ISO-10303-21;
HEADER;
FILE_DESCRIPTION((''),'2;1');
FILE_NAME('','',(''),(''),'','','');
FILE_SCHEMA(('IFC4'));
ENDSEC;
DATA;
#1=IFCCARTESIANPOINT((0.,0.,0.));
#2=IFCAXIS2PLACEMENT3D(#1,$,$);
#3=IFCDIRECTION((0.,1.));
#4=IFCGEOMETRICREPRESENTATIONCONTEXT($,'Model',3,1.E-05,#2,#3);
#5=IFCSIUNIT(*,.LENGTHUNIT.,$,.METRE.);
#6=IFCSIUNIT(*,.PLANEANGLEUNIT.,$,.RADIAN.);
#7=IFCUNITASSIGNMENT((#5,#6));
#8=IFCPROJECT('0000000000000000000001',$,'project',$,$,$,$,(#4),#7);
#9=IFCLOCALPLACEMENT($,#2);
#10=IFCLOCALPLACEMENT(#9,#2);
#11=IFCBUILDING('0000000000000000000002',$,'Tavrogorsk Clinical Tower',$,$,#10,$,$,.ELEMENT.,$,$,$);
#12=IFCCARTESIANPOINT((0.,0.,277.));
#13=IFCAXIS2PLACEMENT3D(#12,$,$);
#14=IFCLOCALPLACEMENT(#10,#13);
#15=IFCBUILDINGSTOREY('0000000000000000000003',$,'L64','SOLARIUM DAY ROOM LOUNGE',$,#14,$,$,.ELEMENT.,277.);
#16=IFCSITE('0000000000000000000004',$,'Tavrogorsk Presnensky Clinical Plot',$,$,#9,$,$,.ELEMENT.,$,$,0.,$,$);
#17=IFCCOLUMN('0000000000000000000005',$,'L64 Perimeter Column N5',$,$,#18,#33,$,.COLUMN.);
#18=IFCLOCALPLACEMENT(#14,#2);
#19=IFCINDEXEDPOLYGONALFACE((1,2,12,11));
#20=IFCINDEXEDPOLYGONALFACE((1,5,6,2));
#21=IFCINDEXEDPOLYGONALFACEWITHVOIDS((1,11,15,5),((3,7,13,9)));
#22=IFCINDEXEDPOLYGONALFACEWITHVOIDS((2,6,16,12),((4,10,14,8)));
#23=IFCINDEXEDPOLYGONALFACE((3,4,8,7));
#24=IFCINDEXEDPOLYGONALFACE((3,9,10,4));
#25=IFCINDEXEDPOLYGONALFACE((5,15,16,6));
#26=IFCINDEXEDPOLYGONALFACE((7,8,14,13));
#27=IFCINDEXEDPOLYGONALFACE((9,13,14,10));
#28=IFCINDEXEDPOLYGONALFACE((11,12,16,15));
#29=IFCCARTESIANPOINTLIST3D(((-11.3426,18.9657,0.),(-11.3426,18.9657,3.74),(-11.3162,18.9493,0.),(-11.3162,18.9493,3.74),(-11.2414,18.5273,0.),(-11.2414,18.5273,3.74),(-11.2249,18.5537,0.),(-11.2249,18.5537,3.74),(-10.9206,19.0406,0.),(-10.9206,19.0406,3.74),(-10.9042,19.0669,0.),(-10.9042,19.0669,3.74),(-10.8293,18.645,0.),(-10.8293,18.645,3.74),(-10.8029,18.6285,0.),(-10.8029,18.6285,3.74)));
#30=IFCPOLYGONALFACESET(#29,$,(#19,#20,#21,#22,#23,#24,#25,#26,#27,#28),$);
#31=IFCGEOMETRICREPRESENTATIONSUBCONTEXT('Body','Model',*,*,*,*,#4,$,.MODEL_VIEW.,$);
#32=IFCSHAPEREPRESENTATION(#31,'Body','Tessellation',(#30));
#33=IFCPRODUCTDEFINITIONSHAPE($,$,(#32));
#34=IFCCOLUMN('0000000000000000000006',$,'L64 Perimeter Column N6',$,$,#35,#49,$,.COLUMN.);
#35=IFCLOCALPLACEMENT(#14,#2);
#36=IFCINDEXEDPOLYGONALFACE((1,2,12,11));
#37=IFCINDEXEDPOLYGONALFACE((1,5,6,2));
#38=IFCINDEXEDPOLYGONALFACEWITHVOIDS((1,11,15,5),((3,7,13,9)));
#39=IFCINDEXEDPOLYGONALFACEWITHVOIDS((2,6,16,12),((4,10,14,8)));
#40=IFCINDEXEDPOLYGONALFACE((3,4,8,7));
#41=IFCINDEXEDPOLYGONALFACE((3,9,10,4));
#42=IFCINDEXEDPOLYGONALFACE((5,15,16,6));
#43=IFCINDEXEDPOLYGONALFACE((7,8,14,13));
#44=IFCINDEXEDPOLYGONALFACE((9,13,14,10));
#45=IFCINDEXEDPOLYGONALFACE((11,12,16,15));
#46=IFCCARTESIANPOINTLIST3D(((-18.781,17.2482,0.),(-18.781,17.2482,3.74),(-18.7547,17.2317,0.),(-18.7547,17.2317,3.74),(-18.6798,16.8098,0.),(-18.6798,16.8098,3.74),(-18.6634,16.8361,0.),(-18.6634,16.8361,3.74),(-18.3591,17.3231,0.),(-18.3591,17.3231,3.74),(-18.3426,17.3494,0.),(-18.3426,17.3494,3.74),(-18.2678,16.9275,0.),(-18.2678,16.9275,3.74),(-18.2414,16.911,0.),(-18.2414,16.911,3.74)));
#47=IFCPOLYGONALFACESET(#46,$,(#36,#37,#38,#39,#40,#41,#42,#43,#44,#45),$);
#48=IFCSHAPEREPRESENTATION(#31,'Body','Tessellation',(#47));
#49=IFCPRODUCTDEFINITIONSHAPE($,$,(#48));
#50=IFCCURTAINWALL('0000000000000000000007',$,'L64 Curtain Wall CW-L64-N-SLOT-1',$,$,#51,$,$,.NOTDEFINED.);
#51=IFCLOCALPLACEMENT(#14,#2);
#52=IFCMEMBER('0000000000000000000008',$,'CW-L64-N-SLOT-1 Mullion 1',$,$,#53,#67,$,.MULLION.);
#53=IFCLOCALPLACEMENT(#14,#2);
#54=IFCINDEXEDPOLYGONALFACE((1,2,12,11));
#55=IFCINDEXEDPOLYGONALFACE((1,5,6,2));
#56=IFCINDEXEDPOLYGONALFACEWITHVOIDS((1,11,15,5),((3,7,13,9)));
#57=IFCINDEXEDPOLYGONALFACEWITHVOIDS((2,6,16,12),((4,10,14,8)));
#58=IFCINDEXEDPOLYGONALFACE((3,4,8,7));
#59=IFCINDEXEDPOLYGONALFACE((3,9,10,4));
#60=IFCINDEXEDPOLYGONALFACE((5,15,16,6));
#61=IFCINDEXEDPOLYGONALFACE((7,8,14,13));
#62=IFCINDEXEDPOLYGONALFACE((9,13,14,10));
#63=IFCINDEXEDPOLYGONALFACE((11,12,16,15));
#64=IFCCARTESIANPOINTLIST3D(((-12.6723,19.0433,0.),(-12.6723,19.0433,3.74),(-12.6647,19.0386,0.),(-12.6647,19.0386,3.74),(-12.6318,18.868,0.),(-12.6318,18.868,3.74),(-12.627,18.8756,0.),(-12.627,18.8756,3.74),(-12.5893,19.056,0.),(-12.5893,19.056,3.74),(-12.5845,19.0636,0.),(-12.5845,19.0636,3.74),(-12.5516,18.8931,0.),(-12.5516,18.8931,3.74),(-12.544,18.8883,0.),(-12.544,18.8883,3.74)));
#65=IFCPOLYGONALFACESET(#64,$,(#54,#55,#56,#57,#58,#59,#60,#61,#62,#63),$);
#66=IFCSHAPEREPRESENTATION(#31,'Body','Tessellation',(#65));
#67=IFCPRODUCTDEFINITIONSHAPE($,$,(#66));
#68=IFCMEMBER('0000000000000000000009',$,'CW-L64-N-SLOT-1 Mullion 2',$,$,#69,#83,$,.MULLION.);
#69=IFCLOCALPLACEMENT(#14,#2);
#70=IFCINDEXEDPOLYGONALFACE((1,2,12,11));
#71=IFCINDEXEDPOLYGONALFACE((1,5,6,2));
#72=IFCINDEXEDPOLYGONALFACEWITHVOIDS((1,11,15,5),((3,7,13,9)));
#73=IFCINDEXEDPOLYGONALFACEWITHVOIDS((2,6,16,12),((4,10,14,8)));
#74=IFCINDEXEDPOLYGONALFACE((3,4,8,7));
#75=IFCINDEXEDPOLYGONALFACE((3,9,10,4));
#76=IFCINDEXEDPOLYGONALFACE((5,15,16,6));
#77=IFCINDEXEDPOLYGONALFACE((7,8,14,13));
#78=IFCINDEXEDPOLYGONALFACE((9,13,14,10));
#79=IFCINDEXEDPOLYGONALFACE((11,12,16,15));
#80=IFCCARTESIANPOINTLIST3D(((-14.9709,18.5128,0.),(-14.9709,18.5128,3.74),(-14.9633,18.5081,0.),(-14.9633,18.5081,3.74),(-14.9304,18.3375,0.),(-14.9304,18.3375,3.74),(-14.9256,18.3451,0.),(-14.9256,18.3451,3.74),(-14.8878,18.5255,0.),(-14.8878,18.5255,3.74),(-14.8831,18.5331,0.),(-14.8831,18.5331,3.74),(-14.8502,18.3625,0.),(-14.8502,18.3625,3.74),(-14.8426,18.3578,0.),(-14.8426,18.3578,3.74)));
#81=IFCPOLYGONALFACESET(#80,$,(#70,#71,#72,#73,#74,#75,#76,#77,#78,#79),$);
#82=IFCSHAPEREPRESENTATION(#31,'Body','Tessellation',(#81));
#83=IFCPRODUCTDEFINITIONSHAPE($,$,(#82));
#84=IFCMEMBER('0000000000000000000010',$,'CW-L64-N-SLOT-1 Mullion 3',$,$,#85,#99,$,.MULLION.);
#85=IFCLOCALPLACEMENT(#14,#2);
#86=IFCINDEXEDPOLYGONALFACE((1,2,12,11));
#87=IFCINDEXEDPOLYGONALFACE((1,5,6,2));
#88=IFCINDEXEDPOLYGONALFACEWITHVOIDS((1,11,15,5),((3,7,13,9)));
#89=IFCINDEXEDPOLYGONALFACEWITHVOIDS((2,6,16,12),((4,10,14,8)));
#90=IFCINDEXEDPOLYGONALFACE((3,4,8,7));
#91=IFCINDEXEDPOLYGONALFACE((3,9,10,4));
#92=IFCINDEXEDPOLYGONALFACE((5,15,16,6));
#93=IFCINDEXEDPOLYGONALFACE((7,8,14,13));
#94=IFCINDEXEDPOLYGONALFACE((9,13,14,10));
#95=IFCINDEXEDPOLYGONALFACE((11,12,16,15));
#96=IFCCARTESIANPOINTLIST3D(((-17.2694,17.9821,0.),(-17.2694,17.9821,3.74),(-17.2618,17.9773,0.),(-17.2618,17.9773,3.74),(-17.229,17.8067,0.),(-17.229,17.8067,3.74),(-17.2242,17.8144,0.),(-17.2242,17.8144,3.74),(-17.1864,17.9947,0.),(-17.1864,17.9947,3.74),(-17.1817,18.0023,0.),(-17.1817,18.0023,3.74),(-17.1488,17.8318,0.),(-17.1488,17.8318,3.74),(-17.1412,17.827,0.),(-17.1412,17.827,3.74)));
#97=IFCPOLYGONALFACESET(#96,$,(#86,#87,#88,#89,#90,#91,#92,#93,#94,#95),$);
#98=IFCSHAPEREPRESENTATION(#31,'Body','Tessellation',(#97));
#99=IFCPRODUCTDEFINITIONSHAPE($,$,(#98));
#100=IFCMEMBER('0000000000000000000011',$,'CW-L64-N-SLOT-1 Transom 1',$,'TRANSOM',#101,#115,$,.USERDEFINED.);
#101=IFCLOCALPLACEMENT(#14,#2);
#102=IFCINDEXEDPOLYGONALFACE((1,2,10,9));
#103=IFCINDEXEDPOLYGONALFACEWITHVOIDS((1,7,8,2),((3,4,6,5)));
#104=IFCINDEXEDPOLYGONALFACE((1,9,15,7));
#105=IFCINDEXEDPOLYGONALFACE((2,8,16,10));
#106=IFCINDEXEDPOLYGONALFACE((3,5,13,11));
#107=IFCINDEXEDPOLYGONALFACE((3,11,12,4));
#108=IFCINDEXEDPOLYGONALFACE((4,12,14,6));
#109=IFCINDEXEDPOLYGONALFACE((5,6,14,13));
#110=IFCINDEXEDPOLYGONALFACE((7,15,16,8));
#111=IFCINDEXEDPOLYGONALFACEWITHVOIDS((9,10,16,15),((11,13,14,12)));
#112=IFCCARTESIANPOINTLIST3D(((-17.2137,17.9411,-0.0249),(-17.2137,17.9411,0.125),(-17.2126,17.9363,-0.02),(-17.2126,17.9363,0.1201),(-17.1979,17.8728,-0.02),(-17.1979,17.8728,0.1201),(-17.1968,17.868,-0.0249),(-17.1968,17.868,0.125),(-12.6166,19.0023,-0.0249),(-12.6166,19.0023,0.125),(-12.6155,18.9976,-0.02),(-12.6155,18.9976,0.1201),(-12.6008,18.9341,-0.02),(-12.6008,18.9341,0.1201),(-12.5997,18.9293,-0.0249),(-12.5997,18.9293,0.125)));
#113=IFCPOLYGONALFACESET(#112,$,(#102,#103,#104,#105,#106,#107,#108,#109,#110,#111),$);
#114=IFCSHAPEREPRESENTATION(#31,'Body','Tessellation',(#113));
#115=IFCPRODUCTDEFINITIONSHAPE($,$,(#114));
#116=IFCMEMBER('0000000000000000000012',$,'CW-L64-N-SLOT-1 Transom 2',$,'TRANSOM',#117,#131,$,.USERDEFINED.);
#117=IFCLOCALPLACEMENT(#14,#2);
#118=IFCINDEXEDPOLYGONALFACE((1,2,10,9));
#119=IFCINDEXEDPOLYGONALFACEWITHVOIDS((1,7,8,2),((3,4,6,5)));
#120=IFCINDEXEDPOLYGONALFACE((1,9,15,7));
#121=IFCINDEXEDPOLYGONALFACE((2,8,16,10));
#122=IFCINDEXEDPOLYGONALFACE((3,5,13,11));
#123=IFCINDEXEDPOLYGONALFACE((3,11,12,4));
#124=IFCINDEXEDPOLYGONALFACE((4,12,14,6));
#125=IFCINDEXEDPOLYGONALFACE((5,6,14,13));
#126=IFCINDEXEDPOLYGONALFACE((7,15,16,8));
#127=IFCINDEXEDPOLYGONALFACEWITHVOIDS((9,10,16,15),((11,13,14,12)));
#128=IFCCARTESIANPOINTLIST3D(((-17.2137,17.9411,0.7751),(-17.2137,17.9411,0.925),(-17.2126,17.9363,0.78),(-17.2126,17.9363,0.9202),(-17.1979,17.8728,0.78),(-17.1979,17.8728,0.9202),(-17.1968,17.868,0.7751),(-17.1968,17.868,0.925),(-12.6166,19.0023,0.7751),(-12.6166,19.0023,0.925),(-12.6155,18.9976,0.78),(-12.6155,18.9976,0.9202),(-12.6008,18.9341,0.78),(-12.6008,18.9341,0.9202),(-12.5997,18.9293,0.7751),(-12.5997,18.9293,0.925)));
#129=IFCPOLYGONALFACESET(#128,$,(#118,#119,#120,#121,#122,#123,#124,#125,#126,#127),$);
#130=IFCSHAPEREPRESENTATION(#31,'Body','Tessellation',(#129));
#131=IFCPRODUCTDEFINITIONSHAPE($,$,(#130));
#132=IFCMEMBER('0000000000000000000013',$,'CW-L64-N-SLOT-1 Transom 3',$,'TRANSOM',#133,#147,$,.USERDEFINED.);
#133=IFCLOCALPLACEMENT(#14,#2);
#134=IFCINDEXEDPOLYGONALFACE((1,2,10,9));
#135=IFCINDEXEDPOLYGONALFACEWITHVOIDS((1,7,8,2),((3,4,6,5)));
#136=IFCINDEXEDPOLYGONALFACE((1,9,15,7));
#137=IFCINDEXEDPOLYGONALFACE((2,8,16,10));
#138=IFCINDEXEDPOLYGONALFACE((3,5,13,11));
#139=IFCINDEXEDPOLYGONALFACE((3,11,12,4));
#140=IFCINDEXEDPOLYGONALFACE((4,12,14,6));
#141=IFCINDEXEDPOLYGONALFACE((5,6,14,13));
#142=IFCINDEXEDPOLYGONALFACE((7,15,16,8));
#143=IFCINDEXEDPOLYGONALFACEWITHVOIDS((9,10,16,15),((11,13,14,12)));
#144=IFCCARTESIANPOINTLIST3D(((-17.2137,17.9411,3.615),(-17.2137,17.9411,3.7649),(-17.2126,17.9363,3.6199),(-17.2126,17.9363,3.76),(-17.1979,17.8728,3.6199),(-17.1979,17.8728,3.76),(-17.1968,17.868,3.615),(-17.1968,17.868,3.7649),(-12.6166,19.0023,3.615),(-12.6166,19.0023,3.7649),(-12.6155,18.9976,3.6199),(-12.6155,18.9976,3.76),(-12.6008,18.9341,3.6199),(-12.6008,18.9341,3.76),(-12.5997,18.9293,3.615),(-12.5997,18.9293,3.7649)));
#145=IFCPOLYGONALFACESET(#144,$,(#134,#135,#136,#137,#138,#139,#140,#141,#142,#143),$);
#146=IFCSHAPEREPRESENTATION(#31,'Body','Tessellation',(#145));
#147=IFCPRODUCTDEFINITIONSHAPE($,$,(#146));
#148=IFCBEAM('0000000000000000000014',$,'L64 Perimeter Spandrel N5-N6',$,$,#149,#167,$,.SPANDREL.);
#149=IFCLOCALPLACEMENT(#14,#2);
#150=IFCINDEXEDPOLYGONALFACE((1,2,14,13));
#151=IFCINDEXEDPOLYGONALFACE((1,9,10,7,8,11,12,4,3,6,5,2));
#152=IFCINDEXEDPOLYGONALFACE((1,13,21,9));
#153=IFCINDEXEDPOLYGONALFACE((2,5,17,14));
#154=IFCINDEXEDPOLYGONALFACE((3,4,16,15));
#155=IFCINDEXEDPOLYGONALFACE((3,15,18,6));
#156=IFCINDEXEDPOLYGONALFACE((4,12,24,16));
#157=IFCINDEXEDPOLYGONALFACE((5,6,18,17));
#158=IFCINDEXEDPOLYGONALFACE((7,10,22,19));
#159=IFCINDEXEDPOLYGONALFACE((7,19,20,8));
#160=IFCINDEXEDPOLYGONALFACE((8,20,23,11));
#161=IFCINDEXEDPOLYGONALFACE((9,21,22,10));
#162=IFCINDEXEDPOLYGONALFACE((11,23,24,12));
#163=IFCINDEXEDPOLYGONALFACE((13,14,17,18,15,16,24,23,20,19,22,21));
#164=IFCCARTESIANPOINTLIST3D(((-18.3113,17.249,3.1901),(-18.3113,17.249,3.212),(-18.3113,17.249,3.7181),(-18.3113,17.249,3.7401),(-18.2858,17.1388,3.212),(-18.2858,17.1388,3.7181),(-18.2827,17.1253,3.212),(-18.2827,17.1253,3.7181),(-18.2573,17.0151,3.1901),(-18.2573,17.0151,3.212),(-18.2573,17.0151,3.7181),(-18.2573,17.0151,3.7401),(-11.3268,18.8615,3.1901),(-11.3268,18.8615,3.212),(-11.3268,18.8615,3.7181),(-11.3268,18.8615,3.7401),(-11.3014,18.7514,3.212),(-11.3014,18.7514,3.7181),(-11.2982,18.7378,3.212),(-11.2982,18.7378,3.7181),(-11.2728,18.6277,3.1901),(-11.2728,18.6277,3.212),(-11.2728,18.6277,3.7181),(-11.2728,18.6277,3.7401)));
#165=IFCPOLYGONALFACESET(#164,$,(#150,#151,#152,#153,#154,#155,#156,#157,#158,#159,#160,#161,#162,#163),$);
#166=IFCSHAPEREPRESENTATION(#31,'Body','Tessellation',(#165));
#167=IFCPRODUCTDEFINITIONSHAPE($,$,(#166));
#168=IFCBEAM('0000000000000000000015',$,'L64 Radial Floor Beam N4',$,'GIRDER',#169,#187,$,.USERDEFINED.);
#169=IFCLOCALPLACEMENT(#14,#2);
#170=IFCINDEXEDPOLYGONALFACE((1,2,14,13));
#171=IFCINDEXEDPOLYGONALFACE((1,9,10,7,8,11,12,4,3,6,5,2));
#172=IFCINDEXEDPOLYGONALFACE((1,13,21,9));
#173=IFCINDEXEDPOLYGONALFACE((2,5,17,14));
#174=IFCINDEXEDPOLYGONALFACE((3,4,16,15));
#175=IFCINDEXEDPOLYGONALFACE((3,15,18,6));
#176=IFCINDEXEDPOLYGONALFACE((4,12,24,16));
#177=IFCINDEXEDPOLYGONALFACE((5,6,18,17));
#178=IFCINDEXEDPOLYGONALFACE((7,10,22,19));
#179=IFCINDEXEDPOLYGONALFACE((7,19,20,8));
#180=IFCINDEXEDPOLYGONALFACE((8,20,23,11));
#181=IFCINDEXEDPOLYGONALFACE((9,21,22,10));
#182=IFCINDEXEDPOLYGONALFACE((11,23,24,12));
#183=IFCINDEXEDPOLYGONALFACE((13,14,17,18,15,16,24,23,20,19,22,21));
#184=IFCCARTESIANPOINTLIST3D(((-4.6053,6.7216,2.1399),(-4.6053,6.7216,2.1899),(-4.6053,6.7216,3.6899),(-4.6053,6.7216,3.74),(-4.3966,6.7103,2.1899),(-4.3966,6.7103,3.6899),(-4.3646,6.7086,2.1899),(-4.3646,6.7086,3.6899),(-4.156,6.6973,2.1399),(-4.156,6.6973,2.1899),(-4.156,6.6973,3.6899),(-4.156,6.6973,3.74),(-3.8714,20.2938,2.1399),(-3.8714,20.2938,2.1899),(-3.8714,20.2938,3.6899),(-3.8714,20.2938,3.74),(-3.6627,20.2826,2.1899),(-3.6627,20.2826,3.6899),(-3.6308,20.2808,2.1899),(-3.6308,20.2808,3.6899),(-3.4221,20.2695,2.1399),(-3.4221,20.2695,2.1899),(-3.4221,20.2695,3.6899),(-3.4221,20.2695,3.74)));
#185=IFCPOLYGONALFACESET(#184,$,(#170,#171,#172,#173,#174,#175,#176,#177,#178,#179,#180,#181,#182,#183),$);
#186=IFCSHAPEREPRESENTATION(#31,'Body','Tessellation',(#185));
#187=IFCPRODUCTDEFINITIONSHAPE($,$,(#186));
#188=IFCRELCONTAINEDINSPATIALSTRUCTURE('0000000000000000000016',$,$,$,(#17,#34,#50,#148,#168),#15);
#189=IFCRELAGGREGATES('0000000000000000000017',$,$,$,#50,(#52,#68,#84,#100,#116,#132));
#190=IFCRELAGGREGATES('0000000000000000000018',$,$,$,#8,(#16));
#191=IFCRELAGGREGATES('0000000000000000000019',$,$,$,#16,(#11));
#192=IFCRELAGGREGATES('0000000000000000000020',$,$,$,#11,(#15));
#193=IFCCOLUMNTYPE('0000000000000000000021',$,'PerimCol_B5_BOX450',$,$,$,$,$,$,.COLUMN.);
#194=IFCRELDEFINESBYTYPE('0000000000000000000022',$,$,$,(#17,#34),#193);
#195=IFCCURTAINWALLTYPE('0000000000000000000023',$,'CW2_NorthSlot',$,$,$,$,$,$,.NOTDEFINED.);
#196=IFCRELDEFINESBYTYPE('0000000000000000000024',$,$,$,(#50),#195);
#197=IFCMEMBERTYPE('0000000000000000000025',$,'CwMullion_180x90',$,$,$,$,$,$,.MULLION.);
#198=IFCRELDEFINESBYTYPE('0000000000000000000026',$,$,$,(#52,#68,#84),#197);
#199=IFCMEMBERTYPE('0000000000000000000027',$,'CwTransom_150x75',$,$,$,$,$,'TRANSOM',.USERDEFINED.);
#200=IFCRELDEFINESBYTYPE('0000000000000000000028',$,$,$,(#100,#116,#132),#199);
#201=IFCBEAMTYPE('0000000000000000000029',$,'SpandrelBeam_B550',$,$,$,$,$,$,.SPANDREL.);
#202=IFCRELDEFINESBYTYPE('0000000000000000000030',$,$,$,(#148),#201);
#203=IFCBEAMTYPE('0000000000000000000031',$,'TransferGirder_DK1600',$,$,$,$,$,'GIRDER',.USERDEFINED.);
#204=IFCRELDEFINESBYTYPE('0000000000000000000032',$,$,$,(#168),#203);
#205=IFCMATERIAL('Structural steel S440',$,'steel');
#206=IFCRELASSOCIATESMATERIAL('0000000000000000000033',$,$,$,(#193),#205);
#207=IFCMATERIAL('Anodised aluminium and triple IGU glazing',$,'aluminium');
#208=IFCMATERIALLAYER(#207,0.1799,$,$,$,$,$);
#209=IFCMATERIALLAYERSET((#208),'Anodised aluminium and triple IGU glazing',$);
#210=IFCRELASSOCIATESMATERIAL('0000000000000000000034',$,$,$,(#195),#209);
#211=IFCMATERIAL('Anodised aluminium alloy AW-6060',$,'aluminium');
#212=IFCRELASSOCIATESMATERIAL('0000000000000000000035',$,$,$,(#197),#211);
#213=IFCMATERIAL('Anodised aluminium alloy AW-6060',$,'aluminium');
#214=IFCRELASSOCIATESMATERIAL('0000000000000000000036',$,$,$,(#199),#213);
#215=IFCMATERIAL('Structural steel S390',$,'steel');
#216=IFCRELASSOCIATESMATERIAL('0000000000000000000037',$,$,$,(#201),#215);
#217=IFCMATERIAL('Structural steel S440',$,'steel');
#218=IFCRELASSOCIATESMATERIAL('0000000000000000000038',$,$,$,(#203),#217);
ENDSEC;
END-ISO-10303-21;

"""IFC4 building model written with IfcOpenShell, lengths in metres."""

from ifc_helpers import new_model, si_unit, direction, frame, origin, origin_2d, place, context, subcontext, project, spatial, hollow_rectangle, i_section, extrude, material, layer, layer_set, material_profile, profile_set, type_object, element, aggregate, save


model = new_model("IFC4")

# Units and contexts
model_context = context("Model", 3, precision=1e-05, world=origin(), true_north=direction((0.0, 1.0)))
body_context = subcontext(model_context, "Body", "Model", "MODEL_VIEW")
ifc_project = project(units=[si_unit("LENGTHUNIT", "METRE"), si_unit("PLANEANGLEUNIT", "RADIAN")], contexts=[model_context])

# Site, building, storey
site_placement = place(None, origin())
site = spatial("IfcSite", under=ifc_project, at=site_placement, Name="Tavrogorsk Presnensky Clinical Plot", CompositionType="ELEMENT", RefElevation=0.0)
building_placement = place(site_placement, origin())
building = spatial("IfcBuilding", under=site, at=building_placement, Name="Tavrogorsk Clinical Tower", CompositionType="ELEMENT")
storey_placement = place(building_placement, frame((0.0, 0.0, 277.0)))
storey = spatial("IfcBuildingStorey", under=building, at=storey_placement, Name="L64", Description="SOLARIUM DAY ROOM LOUNGE", CompositionType="ELEMENT", Elevation=277.0)

# Columns
ifc_material_1 = material(Name="Structural steel S440", Category="steel")
ifc_material_profile_1 = material_profile(ifc_material_1, hollow_rectangle(XDim=0.45, YDim=0.45, WallThickness=0.022, at=origin_2d()), Name="BOX-450x450x22")
ifc_profile_set_1 = profile_set([ifc_material_profile_1], Name="Structural steel S440")
column_type = type_object("IfcColumnType", Name="PerimCol_B5_BOX450", PredefinedType="COLUMN", material=ifc_profile_set_1)
for number, where, z_axis, x_axis, name in (
    (1, (-11.0728, 18.7971, 0.0), (0.0, 0.0, 1.0), (0.97437, 0.224951, 0.0), "L64 Perimeter Column N5"),
    (2, (-18.5112, 17.0796, 0.0), (0.0, 0.0, 1.0), (0.97437, 0.224951, 0.0), "L64 Perimeter Column N6"),
):
    element("IfcColumn", number, at=place(storey_placement, frame(where, z_axis=z_axis, x_axis=x_axis)), inside=storey, type_object=column_type, Name=name, PredefinedType="COLUMN", context=body_context, shape_type="SweptSolid", body=[
        extrude(hollow_rectangle(XDim=0.45, YDim=0.45, WallThickness=0.022, at=origin_2d()), origin(), (0.0, 0.0, 1.0), 3.74),
    ])

# Curtain wall, members
ifc_material_2 = material(Name="Anodised aluminium and triple IGU glazing", Category="aluminium")
ifc_layer_1 = layer(ifc_material_2, 0.1799)
ifc_layer_set_1 = layer_set([ifc_layer_1], Name="Anodised aluminium and triple IGU glazing")
curtain_wall_type = type_object("IfcCurtainWallType", Name="CW2_NorthSlot", PredefinedType="NOTDEFINED", material=ifc_layer_set_1)
curtain_wall_placement = place(storey_placement, origin())
curtain_wall = element("IfcCurtainWall", 3, at=curtain_wall_placement, inside=storey, type_object=curtain_wall_type, Name="L64 Curtain Wall CW-L64-N-SLOT-1", PredefinedType="NOTDEFINED")
ifc_material_3 = material(Name="Anodised aluminium alloy AW-6060", Category="aluminium")
ifc_material_profile_2 = material_profile(ifc_material_3, hollow_rectangle(XDim=0.0901, YDim=0.1799, WallThickness=0.0063, at=origin_2d()), Name="RHS-180x90x6.3")
ifc_profile_set_2 = profile_set([ifc_material_profile_2], Name="Anodised aluminium alloy AW-6060")
member_type_1 = type_object("IfcMemberType", Name="CwMullion_180x90", PredefinedType="MULLION", material=ifc_profile_set_2)
member_1_placement = place(storey_placement, frame((-12.6082, 18.9658, 0.0), z_axis=(0.0, 0.0, 1.0), x_axis=(-0.97437, -0.224951, 0.0)))
member_1 = element("IfcMember", 4, at=member_1_placement, type_object=member_type_1, Name="CW-L64-N-SLOT-1 Mullion 1", PredefinedType="MULLION", context=body_context, shape_type="SweptSolid", body=[
    extrude(hollow_rectangle(XDim=0.0901, YDim=0.1799, WallThickness=0.0063, at=origin_2d()), origin(), (0.0, 0.0, 1.0), 3.74),
])
member_2_placement = place(storey_placement, frame((-14.9067, 18.4353, 0.0), z_axis=(0.0, 0.0, 1.0), x_axis=(-0.97437, -0.224951, 0.0)))
member_2 = element("IfcMember", 5, at=member_2_placement, type_object=member_type_1, Name="CW-L64-N-SLOT-1 Mullion 2", PredefinedType="MULLION", context=body_context, shape_type="SweptSolid", body=[
    extrude(hollow_rectangle(XDim=0.0901, YDim=0.1799, WallThickness=0.0063, at=origin_2d()), origin(), (0.0, 0.0, 1.0), 3.74),
])
member_3_placement = place(storey_placement, frame((-17.2053, 17.9045, 0.0), z_axis=(0.0, 0.0, 1.0), x_axis=(-0.97437, -0.224951, 0.0)))
member_3 = element("IfcMember", 6, at=member_3_placement, type_object=member_type_1, Name="CW-L64-N-SLOT-1 Mullion 3", PredefinedType="MULLION", context=body_context, shape_type="SweptSolid", body=[
    extrude(hollow_rectangle(XDim=0.0901, YDim=0.1799, WallThickness=0.0063, at=origin_2d()), origin(), (0.0, 0.0, 1.0), 3.74),
])
ifc_material_4 = material(Name="Anodised aluminium alloy AW-6060", Category="aluminium")
ifc_material_profile_3 = material_profile(ifc_material_4, hollow_rectangle(XDim=0.075, YDim=0.1499, WallThickness=0.0049, at=origin_2d()), Name="RHS-150x75x5")
ifc_profile_set_3 = profile_set([ifc_material_profile_3], Name="Anodised aluminium alloy AW-6060")
member_type_2 = type_object("IfcMemberType", Name="CwTransom_150x75", ElementType="TRANSOM", PredefinedType="USERDEFINED", material=ifc_profile_set_3)
member_4_placement = place(storey_placement, frame((-12.6082, 18.9658, 0.05), z_axis=(-0.974373, -0.224939, 0.0), x_axis=(0.224939, -0.974373, 0.0)))
member_4 = element("IfcMember", 7, at=member_4_placement, type_object=member_type_2, Name="CW-L64-N-SLOT-1 Transom 1", ObjectType="TRANSOM", PredefinedType="USERDEFINED", context=body_context, shape_type="SweptSolid", body=[
    extrude(hollow_rectangle(XDim=0.075, YDim=0.1499, WallThickness=0.0049, at=origin_2d()), origin(), (0.0, 0.0, 1.0), 4.718),
])
member_5_placement = place(storey_placement, frame((-12.6082, 18.9658, 0.8501), z_axis=(-0.974373, -0.224939, 0.0), x_axis=(0.224939, -0.974373, 0.0)))
member_5 = element("IfcMember", 8, at=member_5_placement, type_object=member_type_2, Name="CW-L64-N-SLOT-1 Transom 2", ObjectType="TRANSOM", PredefinedType="USERDEFINED", context=body_context, shape_type="SweptSolid", body=[
    extrude(hollow_rectangle(XDim=0.075, YDim=0.1499, WallThickness=0.0049, at=origin_2d()), origin(), (0.0, 0.0, 1.0), 4.718),
])
member_6_placement = place(storey_placement, frame((-12.6082, 18.9658, 3.6899), z_axis=(-0.974373, -0.224939, 0.0), x_axis=(0.224939, -0.974373, 0.0)))
member_6 = element("IfcMember", 9, at=member_6_placement, type_object=member_type_2, Name="CW-L64-N-SLOT-1 Transom 3", ObjectType="TRANSOM", PredefinedType="USERDEFINED", context=body_context, shape_type="SweptSolid", body=[
    extrude(hollow_rectangle(XDim=0.075, YDim=0.1499, WallThickness=0.0049, at=origin_2d()), origin(), (0.0, 0.0, 1.0), 4.718),
])

# Beams
ifc_material_5 = material(Name="Structural steel S390", Category="steel")
ifc_material_profile_4 = material_profile(ifc_material_5, i_section(OverallWidth=0.24, OverallDepth=0.55, WebThickness=0.0139, FlangeThickness=0.022, at=origin_2d()), Name="B-550x240x14x22")
ifc_profile_set_4 = profile_set([ifc_material_profile_4], Name="Structural steel S390")
beam_type_1 = type_object("IfcBeamType", Name="SpandrelBeam_B550", PredefinedType="SPANDREL", material=ifc_profile_set_4)
beam_1_placement = place(storey_placement, frame((-11.2998, 18.7446, 3.4651), z_axis=(-0.974368, -0.224961, 0.0), x_axis=(0.224961, -0.974368, 0.0)))
element("IfcBeam", 10, at=beam_1_placement, inside=storey, type_object=beam_type_1, Name="L64 Perimeter Spandrel N5-N6", PredefinedType="SPANDREL", context=body_context, shape_type="SweptSolid", body=[
    extrude(i_section(OverallWidth=0.24, OverallDepth=0.55, WebThickness=0.0139, FlangeThickness=0.022, at=origin_2d()), origin(), (0.0, 0.0, 1.0), 7.1682),
])
ifc_material_6 = material(Name="Structural steel S440", Category="steel")
ifc_material_profile_5 = material_profile(ifc_material_6, i_section(OverallWidth=0.45, OverallDepth=1.6001, WebThickness=0.032, FlangeThickness=0.05, at=origin_2d()), Name="DK-1600x450x32x50")
ifc_profile_set_5 = profile_set([ifc_material_profile_5], Name="Structural steel S440")
beam_type_2 = type_object("IfcBeamType", Name="TransferGirder_DK1600", ElementType="GIRDER", PredefinedType="USERDEFINED", material=ifc_profile_set_5)
beam_2_placement = place(storey_placement, frame((-4.3806, 6.7095, 2.9399), z_axis=(0.053994, 0.998541, 0.0), x_axis=(-0.998541, 0.053994, 0.0)))
element("IfcBeam", 11, at=beam_2_placement, inside=storey, type_object=beam_type_2, Name="L64 Radial Floor Beam N4", ObjectType="GIRDER", PredefinedType="USERDEFINED", context=body_context, shape_type="SweptSolid", body=[
    extrude(i_section(OverallWidth=0.45, OverallDepth=1.6001, WebThickness=0.032, FlangeThickness=0.05, at=origin_2d()), origin(), (0.0, 0.0, 1.0), 13.592),
])

aggregate(curtain_wall, [member_1, member_2, member_3, member_4, member_5, member_6])

save(model, "model.ifc")
